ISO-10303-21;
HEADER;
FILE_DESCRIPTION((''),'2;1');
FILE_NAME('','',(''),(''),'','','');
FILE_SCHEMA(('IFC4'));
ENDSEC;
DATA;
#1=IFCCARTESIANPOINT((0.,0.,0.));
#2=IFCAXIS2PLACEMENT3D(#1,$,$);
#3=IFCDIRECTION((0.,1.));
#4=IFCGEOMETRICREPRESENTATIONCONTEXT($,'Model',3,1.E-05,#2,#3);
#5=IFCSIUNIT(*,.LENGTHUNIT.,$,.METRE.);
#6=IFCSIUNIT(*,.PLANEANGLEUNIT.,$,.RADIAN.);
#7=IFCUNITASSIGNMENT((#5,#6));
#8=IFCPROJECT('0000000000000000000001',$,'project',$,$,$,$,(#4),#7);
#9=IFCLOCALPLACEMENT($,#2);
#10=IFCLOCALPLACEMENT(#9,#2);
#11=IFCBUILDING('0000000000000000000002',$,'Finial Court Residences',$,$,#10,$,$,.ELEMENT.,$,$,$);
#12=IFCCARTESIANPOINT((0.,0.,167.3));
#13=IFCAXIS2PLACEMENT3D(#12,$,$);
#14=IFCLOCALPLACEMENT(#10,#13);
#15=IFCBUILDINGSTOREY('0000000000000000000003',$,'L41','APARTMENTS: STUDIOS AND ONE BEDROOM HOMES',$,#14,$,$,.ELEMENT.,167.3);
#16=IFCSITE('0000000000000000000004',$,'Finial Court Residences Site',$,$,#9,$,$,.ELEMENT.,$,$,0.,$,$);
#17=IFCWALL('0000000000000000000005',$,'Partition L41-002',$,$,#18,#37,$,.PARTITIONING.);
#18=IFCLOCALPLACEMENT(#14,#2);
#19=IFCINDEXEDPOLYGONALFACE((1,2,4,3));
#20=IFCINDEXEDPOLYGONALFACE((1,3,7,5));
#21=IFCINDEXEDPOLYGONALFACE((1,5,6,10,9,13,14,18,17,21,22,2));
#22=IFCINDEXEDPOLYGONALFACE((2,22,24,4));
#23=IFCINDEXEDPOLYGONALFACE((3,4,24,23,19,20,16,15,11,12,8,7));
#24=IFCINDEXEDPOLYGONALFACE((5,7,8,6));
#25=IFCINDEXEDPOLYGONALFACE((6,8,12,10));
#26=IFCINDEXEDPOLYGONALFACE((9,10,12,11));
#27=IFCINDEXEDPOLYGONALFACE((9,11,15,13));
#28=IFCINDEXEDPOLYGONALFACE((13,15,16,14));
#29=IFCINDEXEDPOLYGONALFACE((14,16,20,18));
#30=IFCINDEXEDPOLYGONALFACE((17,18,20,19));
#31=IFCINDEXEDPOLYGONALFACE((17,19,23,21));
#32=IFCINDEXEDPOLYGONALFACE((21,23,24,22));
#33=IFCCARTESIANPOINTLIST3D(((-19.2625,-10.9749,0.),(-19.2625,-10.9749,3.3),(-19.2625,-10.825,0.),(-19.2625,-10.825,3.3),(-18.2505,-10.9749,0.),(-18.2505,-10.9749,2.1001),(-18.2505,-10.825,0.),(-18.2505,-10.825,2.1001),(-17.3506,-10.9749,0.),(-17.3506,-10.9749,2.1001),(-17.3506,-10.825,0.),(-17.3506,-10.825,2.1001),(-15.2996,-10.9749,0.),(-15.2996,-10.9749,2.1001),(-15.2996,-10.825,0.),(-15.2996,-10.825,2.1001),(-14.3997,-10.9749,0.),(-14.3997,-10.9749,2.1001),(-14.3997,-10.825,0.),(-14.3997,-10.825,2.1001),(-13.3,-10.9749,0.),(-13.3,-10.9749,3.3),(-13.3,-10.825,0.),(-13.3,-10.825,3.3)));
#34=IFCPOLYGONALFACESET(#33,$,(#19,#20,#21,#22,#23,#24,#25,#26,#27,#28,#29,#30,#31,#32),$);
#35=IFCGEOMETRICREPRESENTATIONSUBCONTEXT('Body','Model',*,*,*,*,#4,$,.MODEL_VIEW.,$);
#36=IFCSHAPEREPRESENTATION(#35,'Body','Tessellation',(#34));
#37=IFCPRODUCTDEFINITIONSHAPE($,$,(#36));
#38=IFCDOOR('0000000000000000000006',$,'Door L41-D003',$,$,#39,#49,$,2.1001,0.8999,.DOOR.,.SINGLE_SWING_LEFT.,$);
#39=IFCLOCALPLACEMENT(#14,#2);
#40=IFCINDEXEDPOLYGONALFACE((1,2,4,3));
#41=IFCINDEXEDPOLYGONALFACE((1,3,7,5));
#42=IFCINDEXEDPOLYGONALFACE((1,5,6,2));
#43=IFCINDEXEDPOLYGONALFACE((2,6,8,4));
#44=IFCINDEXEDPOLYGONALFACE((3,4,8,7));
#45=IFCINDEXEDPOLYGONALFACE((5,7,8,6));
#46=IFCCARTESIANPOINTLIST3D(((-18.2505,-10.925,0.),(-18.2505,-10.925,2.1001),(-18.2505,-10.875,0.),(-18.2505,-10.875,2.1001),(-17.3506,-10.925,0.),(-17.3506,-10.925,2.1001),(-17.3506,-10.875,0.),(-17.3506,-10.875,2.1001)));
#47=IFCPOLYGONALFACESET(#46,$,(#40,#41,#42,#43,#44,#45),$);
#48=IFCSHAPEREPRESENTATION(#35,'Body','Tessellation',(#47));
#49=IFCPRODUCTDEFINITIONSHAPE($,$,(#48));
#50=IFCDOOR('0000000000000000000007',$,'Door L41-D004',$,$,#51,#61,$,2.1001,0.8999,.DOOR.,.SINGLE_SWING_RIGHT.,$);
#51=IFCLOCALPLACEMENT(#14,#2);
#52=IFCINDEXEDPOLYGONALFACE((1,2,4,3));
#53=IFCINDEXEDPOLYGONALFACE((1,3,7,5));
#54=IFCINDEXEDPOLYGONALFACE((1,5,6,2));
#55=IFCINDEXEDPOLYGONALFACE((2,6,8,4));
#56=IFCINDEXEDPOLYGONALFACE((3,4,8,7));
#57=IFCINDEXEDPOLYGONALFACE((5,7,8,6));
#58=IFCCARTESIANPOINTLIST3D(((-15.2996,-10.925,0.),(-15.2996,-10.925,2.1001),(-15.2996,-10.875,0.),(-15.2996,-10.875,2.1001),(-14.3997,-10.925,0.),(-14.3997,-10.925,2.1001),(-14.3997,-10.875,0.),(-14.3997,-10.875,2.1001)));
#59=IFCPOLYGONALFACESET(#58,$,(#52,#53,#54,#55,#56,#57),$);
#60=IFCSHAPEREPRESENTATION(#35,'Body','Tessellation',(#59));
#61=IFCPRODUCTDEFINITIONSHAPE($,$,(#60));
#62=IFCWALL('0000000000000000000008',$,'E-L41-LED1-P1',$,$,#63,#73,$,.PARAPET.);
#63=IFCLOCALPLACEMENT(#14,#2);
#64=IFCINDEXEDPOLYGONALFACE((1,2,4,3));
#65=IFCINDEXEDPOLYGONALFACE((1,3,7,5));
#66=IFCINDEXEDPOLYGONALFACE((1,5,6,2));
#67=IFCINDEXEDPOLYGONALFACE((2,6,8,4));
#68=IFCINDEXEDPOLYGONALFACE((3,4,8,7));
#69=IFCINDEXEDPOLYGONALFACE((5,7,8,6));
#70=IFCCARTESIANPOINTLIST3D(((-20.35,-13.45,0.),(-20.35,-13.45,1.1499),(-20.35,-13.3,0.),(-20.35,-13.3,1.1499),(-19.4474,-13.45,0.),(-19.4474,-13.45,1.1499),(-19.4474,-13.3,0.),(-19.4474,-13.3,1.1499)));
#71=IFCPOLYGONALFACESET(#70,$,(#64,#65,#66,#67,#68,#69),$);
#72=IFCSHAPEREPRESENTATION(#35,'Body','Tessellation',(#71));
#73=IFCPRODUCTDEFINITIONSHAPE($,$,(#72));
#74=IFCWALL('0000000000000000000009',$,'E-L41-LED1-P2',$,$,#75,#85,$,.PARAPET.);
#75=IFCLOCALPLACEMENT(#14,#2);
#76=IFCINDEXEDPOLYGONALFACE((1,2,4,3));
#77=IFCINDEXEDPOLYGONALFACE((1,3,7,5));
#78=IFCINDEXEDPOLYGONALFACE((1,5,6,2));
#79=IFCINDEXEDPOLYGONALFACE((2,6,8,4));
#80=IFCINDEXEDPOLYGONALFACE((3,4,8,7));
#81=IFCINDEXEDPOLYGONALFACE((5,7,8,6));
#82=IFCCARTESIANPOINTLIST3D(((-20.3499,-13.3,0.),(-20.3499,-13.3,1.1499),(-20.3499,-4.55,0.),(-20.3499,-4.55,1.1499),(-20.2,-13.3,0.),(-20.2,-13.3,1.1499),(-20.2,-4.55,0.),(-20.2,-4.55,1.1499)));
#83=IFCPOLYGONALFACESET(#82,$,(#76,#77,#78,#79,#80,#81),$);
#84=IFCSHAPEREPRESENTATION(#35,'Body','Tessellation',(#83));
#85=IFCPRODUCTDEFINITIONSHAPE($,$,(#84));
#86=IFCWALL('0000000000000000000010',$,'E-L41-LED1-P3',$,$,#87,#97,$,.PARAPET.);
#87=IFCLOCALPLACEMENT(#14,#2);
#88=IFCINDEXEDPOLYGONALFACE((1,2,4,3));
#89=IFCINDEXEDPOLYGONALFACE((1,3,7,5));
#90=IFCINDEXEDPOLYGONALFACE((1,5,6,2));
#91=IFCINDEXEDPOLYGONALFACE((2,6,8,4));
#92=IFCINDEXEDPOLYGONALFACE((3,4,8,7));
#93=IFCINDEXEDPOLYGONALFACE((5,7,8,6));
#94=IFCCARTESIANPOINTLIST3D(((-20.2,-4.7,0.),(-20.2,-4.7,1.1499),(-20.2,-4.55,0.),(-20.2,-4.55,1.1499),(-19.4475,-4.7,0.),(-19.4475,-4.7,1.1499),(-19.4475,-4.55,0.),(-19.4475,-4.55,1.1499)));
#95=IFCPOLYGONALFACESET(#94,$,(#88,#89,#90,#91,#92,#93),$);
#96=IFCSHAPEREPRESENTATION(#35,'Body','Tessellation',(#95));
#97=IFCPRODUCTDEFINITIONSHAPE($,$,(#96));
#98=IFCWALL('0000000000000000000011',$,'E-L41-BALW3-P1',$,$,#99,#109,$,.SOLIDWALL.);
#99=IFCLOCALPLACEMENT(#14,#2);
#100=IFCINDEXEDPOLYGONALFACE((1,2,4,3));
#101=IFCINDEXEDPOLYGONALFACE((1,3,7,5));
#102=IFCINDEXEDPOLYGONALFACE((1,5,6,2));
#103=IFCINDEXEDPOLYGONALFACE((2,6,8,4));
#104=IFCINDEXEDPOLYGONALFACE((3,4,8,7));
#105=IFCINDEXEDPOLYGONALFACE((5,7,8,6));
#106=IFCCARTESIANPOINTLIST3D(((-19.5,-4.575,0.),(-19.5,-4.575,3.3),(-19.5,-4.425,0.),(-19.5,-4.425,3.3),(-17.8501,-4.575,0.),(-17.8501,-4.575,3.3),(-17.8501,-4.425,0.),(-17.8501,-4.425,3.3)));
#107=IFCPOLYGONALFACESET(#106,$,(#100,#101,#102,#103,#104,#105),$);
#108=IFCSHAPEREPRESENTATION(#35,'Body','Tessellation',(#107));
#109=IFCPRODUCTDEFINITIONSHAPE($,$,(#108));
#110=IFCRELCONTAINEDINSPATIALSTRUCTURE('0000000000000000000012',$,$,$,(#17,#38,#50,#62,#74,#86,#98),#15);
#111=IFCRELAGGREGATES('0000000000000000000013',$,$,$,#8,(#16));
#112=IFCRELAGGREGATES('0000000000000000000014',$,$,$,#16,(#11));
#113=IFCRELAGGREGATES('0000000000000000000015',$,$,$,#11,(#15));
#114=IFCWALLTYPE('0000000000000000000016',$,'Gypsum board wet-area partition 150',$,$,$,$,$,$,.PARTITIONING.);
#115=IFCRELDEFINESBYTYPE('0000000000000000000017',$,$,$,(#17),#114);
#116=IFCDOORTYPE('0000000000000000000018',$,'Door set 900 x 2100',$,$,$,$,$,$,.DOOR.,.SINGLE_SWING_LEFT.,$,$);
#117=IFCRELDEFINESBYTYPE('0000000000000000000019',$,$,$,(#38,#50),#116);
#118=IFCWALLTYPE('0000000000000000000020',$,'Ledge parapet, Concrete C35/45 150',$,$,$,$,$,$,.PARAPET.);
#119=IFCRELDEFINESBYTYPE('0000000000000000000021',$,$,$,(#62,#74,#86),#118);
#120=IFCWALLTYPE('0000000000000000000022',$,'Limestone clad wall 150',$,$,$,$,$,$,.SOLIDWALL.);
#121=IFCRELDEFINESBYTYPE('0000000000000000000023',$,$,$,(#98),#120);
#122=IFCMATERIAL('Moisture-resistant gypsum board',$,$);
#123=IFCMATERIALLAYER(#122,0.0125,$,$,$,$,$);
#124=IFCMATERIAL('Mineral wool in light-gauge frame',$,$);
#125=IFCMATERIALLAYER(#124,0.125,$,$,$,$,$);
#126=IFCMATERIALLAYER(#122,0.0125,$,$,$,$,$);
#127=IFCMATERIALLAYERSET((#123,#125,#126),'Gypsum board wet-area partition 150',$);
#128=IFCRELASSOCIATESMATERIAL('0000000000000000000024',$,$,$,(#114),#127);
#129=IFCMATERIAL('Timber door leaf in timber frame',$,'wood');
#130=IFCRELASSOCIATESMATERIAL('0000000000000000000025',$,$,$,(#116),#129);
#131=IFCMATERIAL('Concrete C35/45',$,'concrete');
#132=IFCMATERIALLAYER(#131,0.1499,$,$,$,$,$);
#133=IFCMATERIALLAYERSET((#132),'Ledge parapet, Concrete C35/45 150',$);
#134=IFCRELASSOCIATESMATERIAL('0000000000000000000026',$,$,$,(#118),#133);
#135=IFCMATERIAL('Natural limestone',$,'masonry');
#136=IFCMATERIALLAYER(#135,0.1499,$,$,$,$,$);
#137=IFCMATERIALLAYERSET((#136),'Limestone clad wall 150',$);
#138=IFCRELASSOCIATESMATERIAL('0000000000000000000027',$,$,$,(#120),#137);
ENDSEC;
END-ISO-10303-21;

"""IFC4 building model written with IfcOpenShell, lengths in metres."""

from ifc_helpers import new_model, si_unit, direction, frame, frame_2d, origin, place, context, subcontext, project, spatial, rectangle, extrude, material, layer, layer_set, type_object, element, fill, save


model = new_model("IFC4")

# Units and contexts
model_context = context("Model", 3, precision=1e-05, world=origin(), true_north=direction((0.0, 1.0)))
body_context = subcontext(model_context, "Body", "Model", "MODEL_VIEW")
ifc_project = project(units=[si_unit("LENGTHUNIT", "METRE"), si_unit("PLANEANGLEUNIT", "RADIAN")], contexts=[model_context])

# Site, building, storey
site_placement = place(None, origin())
site = spatial("IfcSite", under=ifc_project, at=site_placement, Name="Finial Court Residences Site", CompositionType="ELEMENT", RefElevation=0.0)
building_placement = place(site_placement, origin())
building = spatial("IfcBuilding", under=site, at=building_placement, Name="Finial Court Residences", CompositionType="ELEMENT")
storey_placement = place(building_placement, frame((0.0, 0.0, 167.3)))
storey = spatial("IfcBuildingStorey", under=building, at=storey_placement, Name="L41", Description="APARTMENTS: STUDIOS AND ONE BEDROOM HOMES", CompositionType="ELEMENT", Elevation=167.3)

# Shared definitions
ifc_material_1 = material(Name="Moisture-resistant gypsum board")
ifc_layer_1 = layer(ifc_material_1, 0.0125)
ifc_material_2 = material(Name="Mineral wool in light-gauge frame")
ifc_layer_2 = layer(ifc_material_2, 0.125)
ifc_layer_3 = layer(ifc_material_1, 0.0125)
ifc_layer_set_1 = layer_set([ifc_layer_1, ifc_layer_2, ifc_layer_3], Name="Gypsum board wet-area partition 150")
wall_type_1 = type_object("IfcWallType", Name="Gypsum board wet-area partition 150", PredefinedType="PARTITIONING", material=ifc_layer_set_1)
ifc_material_3 = material(Name="Timber door leaf in timber frame", Category="wood")
door_type_1 = type_object("IfcDoorType", Name="Door set 900 x 2100", OperationType="SINGLE_SWING_LEFT", PredefinedType="DOOR", material=ifc_material_3)

# Wall, openings, doors
wall_1_placement = place(storey_placement, frame((-19.2625, -10.8999, 0.0), z_axis=(0.0, 0.0, 1.0), x_axis=(1.0, 0.0, 0.0)))
wall_1 = element("IfcWall", 1, at=wall_1_placement, inside=storey, type_object=wall_type_1, Name="Partition L41-002", PredefinedType="PARTITIONING", context=body_context, shape_type="SweptSolid", body=[
    extrude(rectangle(XDim=5.9624, YDim=0.1499, at=frame_2d((2.9812, 0.0))), origin(), (0.0, 0.0, 1.0), 3.3),
])
opening_1_placement = place(wall_1_placement, frame((1.012, 0.0, 0.0)))
opening_1 = element("IfcOpeningElement", 2, at=opening_1_placement, cuts=wall_1, PredefinedType="OPENING", context=body_context, shape_type="SweptSolid", body=[
    extrude(rectangle(XDim=0.8999, YDim=2.1001, at=frame_2d((0.45, 1.05))), frame((0.0, 0.085, 0.0), z_axis=(0.0, -1.0, 0.0), x_axis=(1.0, 0.0, 0.0)), (0.0, 0.0, 1.0), 0.1699),
])
opening_2_placement = place(wall_1_placement, frame((3.9629, 0.0, 0.0)))
opening_2 = element("IfcOpeningElement", 3, at=opening_2_placement, cuts=wall_1, PredefinedType="OPENING", context=body_context, shape_type="SweptSolid", body=[
    extrude(rectangle(XDim=0.8999, YDim=2.1001, at=frame_2d((0.45, 1.05))), frame((0.0, 0.085, 0.0), z_axis=(0.0, -1.0, 0.0), x_axis=(1.0, 0.0, 0.0)), (0.0, 0.0, 1.0), 0.1699),
])
door_1_placement = place(opening_1_placement, origin())
door_1 = element("IfcDoor", 4, at=door_1_placement, inside=storey, type_object=door_type_1, Name="Door L41-D003", OperationType="SINGLE_SWING_LEFT", OverallHeight=2.1001, OverallWidth=0.8999, PredefinedType="DOOR", context=body_context, shape_type="SweptSolid", body=[
    extrude(rectangle(XDim=0.8999, YDim=2.1001, at=frame_2d((0.45, 1.05))), frame((0.0, 0.0249, 0.0), z_axis=(0.0, -1.0, 0.0), x_axis=(1.0, 0.0, 0.0)), (0.0, 0.0, 1.0), 0.05),
])
fill(opening_1, door_1)
door_2_placement = place(opening_2_placement, origin())
door_2 = element("IfcDoor", 5, at=door_2_placement, inside=storey, type_object=door_type_1, Name="Door L41-D004", OperationType="SINGLE_SWING_RIGHT", OverallHeight=2.1001, OverallWidth=0.8999, PredefinedType="DOOR", context=body_context, shape_type="SweptSolid", body=[
    extrude(rectangle(XDim=0.8999, YDim=2.1001, at=frame_2d((0.45, 1.05))), frame((0.0, 0.0249, 0.0), z_axis=(0.0, -1.0, 0.0), x_axis=(1.0, 0.0, 0.0)), (0.0, 0.0, 1.0), 0.05),
])
fill(opening_2, door_2)

# Walls
ifc_material_4 = material(Name="Concrete C35/45", Category="concrete")
ifc_layer_4 = layer(ifc_material_4, 0.1499)
ifc_layer_set_2 = layer_set([ifc_layer_4], Name="Ledge parapet, Concrete C35/45 150")
wall_type_2 = type_object("IfcWallType", Name="Ledge parapet, Concrete C35/45 150", PredefinedType="PARAPET", material=ifc_layer_set_2)
wall_2_placement = place(storey_placement, frame((-19.4475, -13.375, 0.0), z_axis=(0.0, 0.0, 1.0), x_axis=(-1.0, 0.0, 0.0)))
element("IfcWall", 6, at=wall_2_placement, inside=storey, type_object=wall_type_2, Name="E-L41-LED1-P1", PredefinedType="PARAPET", context=body_context, shape_type="SweptSolid", body=[
    extrude(rectangle(XDim=0.9026, YDim=0.1499, at=frame_2d((0.4512, 0.0))), origin(), (0.0, 0.0, 1.0), 1.1499),
])
wall_3_placement = place(storey_placement, frame((-20.2749, -13.3, 0.0), z_axis=(0.0, 0.0, 1.0), x_axis=(0.0, 1.0, 0.0)))
element("IfcWall", 7, at=wall_3_placement, inside=storey, type_object=wall_type_2, Name="E-L41-LED1-P2", PredefinedType="PARAPET", context=body_context, shape_type="SweptSolid", body=[
    extrude(rectangle(XDim=8.75, YDim=0.1499, at=frame_2d((4.375, 0.0))), origin(), (0.0, 0.0, 1.0), 1.1499),
])
wall_4_placement = place(storey_placement, frame((-20.2, -4.625, 0.0), z_axis=(0.0, 0.0, 1.0), x_axis=(1.0, 0.0, 0.0)))
element("IfcWall", 8, at=wall_4_placement, inside=storey, type_object=wall_type_2, Name="E-L41-LED1-P3", PredefinedType="PARAPET", context=body_context, shape_type="SweptSolid", body=[
    extrude(rectangle(XDim=0.7524, YDim=0.1499, at=frame_2d((0.3762, 0.0))), origin(), (0.0, 0.0, 1.0), 1.1499),
])
ifc_material_5 = material(Name="Natural limestone", Category="masonry")
ifc_layer_5 = layer(ifc_material_5, 0.1499)
ifc_layer_set_3 = layer_set([ifc_layer_5], Name="Limestone clad wall 150")
wall_type_3 = type_object("IfcWallType", Name="Limestone clad wall 150", PredefinedType="SOLIDWALL", material=ifc_layer_set_3)
wall_5_placement = place(storey_placement, frame((-17.8501, -4.5, 0.0), z_axis=(0.0, 0.0, 1.0), x_axis=(-1.0, 0.0, 0.0)))
element("IfcWall", 9, at=wall_5_placement, inside=storey, type_object=wall_type_3, Name="E-L41-BALW3-P1", PredefinedType="SOLIDWALL", context=body_context, shape_type="SweptSolid", body=[
    extrude(rectangle(XDim=1.6499, YDim=0.1499, at=frame_2d((0.825, 0.0))), origin(), (0.0, 0.0, 1.0), 3.3),
])

save(model, "model.ifc")
